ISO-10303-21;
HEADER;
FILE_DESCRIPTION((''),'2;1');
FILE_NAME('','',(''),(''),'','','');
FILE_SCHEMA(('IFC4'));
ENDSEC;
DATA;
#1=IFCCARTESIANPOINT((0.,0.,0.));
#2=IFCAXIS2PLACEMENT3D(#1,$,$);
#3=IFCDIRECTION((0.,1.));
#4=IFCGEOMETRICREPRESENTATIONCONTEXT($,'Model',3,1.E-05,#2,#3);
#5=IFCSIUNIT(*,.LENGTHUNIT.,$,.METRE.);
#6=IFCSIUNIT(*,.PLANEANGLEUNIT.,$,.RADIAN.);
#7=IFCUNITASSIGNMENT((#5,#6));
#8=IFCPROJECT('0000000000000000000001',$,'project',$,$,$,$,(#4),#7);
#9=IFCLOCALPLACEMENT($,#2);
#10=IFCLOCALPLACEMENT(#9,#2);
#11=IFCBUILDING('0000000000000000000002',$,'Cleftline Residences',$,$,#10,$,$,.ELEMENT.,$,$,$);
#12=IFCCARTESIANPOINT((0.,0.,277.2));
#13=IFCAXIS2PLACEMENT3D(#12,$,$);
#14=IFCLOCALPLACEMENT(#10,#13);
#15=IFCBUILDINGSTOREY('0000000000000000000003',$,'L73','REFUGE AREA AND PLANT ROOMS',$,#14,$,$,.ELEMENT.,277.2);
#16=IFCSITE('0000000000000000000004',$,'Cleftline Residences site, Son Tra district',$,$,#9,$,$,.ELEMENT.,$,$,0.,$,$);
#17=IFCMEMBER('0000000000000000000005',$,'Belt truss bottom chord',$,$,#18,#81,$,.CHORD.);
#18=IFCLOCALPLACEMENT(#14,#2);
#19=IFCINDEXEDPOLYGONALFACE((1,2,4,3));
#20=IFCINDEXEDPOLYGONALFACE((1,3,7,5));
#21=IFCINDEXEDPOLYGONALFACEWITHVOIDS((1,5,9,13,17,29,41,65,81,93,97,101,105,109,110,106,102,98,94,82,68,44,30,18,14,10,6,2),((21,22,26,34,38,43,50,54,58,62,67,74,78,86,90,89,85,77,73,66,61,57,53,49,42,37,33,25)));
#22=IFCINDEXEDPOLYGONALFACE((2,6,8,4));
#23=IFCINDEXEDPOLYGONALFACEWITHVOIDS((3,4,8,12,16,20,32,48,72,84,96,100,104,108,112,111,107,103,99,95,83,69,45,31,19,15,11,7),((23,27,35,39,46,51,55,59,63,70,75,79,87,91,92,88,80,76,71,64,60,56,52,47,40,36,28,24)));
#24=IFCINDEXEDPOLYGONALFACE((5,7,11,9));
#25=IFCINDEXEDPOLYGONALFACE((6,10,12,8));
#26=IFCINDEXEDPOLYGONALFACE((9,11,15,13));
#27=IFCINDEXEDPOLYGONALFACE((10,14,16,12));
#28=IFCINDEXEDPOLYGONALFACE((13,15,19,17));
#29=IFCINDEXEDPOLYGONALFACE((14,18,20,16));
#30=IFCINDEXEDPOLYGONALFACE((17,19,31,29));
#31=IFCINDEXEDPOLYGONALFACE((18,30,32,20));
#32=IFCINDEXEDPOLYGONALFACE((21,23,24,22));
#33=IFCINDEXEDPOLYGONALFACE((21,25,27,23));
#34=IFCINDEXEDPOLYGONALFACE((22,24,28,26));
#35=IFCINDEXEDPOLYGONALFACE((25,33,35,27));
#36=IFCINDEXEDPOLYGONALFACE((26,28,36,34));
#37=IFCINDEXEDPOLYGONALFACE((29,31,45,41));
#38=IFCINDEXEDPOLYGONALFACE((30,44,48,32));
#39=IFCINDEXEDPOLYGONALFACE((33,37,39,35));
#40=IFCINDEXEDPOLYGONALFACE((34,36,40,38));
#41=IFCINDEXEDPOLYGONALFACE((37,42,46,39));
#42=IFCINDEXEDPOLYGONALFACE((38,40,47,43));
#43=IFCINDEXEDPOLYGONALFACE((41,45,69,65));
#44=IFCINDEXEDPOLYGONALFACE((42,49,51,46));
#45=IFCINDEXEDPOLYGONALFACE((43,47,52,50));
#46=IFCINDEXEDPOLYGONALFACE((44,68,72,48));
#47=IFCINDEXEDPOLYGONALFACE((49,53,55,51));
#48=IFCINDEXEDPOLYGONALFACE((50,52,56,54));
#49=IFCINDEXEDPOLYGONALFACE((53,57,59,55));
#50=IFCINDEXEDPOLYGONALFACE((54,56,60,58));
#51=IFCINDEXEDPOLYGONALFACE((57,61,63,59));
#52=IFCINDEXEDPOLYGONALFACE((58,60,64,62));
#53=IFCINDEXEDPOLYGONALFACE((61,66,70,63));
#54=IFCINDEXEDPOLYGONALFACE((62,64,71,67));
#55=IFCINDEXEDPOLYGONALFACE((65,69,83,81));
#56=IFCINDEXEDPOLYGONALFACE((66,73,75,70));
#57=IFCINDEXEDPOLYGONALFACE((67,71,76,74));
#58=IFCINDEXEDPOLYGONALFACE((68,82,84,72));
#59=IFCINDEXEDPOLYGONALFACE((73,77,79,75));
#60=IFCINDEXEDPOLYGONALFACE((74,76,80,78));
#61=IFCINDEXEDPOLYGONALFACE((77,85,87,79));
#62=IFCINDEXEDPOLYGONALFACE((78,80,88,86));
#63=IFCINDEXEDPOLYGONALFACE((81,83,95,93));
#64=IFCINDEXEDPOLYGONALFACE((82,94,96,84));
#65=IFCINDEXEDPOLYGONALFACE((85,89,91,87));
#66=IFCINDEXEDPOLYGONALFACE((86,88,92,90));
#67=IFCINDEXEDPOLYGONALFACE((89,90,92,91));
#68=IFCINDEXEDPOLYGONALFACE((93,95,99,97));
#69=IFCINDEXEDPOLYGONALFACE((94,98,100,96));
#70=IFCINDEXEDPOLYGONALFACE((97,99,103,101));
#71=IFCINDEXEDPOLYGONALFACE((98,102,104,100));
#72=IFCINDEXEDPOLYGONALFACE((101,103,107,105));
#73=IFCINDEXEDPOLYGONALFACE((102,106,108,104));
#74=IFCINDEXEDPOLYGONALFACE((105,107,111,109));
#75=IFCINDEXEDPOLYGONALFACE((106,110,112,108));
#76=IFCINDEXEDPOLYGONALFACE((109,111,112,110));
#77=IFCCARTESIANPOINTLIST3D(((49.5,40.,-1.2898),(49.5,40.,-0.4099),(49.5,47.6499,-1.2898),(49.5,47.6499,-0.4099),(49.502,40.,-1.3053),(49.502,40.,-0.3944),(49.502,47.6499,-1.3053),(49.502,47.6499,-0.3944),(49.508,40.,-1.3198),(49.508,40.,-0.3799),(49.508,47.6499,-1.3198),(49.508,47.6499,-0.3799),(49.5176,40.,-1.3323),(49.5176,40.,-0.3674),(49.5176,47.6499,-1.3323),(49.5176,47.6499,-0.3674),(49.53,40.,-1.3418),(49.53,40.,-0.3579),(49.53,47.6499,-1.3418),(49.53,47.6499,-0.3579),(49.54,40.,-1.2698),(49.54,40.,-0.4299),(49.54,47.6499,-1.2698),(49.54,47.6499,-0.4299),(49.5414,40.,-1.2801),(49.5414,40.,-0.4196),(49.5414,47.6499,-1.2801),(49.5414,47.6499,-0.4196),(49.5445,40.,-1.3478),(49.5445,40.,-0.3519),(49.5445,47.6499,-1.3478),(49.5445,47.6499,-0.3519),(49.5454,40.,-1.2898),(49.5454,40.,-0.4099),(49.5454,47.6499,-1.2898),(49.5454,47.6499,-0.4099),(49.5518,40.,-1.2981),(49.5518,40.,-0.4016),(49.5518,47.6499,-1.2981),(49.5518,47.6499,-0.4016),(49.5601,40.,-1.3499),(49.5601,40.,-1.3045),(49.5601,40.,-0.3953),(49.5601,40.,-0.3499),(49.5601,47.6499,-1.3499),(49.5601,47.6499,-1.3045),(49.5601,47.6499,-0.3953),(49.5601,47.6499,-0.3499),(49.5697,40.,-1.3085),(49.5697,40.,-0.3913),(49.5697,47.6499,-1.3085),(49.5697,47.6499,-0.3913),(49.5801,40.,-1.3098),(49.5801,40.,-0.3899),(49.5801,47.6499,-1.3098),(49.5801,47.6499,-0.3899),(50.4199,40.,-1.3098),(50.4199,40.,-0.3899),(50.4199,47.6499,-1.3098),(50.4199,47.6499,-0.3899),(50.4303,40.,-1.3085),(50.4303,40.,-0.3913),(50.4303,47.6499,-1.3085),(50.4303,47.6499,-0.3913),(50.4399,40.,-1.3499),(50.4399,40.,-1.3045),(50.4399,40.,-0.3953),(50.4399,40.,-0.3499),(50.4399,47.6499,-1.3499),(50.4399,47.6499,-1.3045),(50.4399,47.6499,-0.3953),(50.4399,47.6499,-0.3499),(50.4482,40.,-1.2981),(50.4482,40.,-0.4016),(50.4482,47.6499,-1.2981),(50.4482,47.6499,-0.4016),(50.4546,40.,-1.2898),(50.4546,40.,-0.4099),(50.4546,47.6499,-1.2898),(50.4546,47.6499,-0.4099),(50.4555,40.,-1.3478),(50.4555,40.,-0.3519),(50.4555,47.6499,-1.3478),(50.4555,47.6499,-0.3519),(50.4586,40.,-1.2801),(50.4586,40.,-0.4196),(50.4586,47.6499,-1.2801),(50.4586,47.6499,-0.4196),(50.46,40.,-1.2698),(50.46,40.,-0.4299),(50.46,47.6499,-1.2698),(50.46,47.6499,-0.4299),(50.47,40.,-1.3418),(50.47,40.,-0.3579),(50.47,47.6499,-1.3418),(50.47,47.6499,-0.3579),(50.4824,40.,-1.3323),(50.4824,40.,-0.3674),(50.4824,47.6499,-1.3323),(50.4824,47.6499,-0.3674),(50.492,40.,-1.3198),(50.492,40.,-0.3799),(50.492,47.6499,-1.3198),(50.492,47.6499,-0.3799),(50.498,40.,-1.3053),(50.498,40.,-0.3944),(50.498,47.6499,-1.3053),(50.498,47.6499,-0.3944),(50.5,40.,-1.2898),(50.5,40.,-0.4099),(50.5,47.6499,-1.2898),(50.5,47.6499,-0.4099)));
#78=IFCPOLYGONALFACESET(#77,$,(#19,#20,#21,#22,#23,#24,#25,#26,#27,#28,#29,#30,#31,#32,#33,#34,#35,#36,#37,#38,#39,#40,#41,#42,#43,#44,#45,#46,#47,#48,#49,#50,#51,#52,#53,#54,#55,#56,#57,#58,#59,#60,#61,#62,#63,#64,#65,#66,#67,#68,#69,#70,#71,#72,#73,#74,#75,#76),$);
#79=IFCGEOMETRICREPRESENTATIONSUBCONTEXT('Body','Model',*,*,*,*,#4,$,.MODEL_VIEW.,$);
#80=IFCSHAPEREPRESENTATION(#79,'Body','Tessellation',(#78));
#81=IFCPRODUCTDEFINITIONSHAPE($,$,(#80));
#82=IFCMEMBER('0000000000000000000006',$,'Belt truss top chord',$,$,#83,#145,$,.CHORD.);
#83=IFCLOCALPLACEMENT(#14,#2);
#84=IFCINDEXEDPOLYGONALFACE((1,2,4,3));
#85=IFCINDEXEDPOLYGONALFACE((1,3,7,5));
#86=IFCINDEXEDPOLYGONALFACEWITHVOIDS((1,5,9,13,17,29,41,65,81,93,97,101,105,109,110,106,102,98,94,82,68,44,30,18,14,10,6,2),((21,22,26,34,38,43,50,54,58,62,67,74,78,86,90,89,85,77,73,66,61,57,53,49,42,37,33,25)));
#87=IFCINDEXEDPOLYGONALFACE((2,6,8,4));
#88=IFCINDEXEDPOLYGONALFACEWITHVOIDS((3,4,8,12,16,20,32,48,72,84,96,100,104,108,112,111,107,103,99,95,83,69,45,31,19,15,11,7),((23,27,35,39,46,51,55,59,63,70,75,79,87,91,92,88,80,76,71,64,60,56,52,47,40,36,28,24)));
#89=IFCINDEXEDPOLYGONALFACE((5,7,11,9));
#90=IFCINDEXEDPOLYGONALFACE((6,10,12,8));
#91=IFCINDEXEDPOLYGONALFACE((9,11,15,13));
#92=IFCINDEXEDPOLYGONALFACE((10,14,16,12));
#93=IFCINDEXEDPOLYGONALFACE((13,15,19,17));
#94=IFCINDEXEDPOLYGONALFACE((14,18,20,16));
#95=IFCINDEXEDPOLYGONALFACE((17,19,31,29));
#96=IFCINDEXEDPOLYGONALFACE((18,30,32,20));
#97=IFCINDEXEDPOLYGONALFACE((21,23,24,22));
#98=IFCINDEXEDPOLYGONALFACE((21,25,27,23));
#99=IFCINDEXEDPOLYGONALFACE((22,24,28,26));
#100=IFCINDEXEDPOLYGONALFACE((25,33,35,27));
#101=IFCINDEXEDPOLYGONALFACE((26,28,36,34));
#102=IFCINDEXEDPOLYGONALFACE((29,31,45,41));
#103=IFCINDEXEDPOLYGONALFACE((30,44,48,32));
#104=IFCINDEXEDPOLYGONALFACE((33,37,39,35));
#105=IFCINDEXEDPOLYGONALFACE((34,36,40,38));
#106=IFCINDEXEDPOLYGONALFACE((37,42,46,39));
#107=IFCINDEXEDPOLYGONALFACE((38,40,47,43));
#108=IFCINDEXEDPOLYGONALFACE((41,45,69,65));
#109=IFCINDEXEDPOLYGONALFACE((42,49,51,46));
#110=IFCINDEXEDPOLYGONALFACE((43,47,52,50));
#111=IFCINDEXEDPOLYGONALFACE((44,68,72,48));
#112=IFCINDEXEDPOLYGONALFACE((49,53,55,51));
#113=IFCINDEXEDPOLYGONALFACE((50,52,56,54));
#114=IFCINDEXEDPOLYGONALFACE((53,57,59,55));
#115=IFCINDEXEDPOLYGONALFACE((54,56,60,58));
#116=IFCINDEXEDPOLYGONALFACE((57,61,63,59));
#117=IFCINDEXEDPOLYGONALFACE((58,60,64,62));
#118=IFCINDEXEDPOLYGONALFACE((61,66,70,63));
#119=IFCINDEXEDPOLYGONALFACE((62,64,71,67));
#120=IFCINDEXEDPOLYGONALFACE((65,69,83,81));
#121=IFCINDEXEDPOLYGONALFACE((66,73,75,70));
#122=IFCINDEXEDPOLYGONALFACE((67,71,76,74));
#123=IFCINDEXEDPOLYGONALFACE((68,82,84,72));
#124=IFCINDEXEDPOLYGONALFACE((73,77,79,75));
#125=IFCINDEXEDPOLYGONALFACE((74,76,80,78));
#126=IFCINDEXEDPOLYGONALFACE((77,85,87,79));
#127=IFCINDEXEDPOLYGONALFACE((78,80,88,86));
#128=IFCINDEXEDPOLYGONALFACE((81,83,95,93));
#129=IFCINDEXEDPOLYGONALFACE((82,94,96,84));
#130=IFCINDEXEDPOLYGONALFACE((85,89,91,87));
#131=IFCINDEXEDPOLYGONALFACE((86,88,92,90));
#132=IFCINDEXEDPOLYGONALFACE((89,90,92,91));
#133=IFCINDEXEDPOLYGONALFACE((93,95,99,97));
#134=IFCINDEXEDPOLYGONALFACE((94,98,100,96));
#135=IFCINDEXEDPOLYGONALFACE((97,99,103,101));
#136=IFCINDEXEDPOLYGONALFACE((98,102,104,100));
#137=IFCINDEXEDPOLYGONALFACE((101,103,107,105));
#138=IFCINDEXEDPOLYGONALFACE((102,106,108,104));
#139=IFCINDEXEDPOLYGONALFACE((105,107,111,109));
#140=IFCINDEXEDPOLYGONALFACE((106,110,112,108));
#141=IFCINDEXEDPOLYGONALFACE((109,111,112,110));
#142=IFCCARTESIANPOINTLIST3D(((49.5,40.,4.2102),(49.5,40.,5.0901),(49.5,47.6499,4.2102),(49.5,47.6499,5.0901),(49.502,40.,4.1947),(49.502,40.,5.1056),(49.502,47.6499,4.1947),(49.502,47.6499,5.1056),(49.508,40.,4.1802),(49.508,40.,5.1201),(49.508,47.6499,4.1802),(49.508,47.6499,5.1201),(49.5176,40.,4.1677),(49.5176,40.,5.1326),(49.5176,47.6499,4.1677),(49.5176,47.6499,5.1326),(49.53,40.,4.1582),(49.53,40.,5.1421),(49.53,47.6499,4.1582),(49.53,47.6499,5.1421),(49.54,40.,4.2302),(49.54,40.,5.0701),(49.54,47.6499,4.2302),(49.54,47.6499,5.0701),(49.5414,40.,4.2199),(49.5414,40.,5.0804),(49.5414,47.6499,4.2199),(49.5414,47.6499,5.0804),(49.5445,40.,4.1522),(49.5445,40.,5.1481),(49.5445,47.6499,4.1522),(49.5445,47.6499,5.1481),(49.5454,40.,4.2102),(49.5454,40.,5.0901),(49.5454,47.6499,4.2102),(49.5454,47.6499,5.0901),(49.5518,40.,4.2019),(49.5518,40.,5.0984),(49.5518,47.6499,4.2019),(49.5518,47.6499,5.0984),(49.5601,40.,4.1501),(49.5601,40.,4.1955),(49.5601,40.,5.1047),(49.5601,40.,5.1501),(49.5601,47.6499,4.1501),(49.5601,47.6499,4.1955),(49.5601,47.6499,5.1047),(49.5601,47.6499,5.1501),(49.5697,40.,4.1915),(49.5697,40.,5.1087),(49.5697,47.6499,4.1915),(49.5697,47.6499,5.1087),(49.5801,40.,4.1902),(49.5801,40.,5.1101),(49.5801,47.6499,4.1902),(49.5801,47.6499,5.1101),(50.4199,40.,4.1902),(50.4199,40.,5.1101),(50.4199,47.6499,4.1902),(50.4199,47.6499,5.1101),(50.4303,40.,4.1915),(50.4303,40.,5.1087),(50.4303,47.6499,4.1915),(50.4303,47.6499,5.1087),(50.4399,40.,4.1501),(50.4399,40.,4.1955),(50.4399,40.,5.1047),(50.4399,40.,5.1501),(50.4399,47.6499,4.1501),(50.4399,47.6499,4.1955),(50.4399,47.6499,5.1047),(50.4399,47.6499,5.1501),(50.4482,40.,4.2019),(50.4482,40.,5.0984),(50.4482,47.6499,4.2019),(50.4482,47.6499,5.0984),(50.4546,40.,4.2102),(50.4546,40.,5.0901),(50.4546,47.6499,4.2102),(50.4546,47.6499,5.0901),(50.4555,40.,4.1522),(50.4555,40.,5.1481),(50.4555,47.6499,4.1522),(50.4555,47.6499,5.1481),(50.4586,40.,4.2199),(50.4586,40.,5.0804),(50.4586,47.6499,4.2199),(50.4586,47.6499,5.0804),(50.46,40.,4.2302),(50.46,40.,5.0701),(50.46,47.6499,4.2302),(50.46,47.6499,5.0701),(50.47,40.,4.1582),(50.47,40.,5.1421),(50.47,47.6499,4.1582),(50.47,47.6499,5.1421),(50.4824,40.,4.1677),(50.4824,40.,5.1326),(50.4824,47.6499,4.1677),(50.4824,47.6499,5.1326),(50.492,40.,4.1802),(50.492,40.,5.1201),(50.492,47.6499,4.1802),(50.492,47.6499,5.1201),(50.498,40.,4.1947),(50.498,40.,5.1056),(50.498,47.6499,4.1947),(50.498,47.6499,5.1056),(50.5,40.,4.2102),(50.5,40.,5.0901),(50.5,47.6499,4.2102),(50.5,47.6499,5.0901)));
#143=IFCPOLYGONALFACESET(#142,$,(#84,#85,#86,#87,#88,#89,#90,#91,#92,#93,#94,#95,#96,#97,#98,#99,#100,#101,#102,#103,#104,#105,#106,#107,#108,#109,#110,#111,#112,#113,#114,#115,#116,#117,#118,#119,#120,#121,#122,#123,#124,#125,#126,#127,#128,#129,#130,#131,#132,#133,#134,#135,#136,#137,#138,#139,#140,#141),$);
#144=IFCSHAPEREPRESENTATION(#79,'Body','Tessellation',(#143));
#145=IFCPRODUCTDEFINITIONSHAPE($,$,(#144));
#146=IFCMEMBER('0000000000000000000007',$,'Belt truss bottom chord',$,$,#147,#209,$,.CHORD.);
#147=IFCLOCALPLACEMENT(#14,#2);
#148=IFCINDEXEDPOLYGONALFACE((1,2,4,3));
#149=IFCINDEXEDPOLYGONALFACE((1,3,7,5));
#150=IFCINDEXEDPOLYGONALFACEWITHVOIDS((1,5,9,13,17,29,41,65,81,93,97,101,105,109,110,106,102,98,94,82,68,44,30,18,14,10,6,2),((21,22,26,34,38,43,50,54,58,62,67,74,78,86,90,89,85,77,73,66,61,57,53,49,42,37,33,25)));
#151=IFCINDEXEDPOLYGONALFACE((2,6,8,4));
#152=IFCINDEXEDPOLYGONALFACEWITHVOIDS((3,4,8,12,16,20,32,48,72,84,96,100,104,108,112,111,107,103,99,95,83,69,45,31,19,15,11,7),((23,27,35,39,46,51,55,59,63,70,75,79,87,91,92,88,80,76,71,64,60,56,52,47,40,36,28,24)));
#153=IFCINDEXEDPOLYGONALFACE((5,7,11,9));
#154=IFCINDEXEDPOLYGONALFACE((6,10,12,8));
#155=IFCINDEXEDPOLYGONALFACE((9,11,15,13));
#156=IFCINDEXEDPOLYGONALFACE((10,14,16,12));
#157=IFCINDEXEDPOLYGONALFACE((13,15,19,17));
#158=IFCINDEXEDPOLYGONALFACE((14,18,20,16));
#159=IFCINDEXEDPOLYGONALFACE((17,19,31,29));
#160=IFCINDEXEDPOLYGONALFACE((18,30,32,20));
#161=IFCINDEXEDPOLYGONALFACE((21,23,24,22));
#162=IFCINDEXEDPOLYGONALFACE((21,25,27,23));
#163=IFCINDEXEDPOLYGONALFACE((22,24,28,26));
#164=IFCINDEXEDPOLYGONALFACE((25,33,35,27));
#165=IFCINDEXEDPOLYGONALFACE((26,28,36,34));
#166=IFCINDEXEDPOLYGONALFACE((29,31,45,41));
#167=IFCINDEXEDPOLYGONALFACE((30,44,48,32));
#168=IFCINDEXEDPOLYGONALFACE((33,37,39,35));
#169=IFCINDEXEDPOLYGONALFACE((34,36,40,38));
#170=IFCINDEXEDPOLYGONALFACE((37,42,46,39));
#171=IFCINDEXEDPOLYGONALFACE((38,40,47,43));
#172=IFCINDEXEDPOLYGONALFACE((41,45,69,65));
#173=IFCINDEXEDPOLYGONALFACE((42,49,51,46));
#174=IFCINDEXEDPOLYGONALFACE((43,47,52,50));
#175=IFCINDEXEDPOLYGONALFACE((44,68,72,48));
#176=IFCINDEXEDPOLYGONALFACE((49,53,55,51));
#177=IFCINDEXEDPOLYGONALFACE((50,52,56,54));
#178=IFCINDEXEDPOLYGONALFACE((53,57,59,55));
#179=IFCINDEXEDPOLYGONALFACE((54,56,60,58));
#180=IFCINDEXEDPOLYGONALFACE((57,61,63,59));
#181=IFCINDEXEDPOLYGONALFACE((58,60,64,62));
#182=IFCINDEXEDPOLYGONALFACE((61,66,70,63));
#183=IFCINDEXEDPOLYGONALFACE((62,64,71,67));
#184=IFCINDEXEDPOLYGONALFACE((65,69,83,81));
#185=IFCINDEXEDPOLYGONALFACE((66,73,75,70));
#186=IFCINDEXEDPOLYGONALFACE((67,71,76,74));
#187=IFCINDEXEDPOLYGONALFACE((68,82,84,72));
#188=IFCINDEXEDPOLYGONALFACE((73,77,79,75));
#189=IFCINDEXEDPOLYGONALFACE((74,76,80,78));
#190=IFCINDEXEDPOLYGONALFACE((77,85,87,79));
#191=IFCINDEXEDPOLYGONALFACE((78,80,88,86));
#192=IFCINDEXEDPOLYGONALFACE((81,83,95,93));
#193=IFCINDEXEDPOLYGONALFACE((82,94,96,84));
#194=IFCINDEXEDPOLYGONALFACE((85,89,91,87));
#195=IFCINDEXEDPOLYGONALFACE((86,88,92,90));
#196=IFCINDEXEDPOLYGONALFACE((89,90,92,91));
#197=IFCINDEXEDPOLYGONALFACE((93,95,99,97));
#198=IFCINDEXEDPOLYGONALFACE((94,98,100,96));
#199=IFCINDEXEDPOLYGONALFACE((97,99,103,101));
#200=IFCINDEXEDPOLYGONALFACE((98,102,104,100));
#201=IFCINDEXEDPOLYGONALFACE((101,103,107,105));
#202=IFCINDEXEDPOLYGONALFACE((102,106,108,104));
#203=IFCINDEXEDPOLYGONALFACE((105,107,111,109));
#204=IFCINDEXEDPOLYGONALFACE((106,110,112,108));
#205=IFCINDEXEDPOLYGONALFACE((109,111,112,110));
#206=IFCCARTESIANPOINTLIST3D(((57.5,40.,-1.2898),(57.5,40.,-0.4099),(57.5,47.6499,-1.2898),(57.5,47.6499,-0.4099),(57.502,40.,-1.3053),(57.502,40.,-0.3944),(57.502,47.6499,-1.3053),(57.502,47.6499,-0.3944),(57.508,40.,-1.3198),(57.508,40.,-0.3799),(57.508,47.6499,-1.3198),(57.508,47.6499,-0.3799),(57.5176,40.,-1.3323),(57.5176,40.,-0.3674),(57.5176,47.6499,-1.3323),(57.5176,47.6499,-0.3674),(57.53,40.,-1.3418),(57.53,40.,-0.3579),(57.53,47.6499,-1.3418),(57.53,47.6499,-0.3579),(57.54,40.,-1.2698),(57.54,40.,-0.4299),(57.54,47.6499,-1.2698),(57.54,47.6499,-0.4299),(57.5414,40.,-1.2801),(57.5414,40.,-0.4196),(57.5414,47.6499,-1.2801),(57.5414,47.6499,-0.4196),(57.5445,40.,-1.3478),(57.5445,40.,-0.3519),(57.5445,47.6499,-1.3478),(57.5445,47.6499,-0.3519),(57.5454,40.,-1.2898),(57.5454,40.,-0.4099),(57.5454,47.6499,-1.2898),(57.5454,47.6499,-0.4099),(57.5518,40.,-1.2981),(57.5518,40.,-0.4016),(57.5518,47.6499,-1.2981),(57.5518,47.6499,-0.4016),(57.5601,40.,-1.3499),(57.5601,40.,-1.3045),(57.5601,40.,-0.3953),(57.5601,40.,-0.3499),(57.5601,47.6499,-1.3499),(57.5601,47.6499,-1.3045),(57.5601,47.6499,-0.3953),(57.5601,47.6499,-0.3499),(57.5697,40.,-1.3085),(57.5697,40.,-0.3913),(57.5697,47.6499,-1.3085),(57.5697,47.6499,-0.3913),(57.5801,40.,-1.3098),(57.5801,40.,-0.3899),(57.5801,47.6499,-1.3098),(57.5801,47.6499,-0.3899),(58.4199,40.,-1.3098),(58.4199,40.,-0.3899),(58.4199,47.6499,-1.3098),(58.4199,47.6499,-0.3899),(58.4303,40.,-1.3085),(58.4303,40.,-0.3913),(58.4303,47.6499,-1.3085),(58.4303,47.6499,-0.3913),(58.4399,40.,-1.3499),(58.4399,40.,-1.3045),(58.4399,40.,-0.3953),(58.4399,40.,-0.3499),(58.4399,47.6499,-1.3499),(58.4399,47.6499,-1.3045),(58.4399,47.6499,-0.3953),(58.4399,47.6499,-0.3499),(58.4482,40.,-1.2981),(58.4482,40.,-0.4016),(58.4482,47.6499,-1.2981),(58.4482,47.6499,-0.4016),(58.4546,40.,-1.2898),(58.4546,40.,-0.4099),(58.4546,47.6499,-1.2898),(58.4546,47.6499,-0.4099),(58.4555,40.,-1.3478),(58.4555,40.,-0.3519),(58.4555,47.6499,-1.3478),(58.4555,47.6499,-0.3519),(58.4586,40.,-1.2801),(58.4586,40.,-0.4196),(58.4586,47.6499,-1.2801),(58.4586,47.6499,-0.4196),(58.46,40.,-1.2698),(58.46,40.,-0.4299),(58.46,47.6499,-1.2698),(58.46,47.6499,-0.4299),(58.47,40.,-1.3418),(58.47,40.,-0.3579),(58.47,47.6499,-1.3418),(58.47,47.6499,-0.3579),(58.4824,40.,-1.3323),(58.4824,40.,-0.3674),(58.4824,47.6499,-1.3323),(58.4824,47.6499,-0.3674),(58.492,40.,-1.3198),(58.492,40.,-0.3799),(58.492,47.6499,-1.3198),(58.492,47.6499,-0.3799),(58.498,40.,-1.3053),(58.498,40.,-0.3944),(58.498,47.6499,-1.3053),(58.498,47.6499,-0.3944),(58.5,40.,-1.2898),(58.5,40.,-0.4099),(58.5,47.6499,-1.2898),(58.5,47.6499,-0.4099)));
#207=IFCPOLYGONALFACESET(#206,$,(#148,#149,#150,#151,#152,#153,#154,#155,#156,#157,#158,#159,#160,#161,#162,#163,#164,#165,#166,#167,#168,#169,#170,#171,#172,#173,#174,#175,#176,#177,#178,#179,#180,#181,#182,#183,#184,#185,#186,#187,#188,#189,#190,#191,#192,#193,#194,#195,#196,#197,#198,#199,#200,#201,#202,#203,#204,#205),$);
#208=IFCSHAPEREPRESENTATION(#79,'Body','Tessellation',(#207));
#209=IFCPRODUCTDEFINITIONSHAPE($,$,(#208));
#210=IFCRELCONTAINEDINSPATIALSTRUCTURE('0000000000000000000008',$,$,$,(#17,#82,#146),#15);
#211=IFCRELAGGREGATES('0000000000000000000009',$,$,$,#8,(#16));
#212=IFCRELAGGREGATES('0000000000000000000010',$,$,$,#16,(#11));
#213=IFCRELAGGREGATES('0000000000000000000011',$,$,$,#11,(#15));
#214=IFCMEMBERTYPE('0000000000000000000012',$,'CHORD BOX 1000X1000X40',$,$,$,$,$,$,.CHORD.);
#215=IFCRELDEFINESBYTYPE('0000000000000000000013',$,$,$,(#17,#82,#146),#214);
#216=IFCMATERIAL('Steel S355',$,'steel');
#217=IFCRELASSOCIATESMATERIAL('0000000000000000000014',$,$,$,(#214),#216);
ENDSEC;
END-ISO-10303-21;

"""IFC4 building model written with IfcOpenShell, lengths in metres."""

from ifc_helpers import new_model, si_unit, direction, frame, origin, origin_2d, place, context, subcontext, project, spatial, hollow_rectangle, extrude, material, material_profile, profile_set, type_object, element, save


model = new_model("IFC4")

# Units and contexts
model_context = context("Model", 3, precision=1e-05, world=origin(), true_north=direction((0.0, 1.0)))
body_context = subcontext(model_context, "Body", "Model", "MODEL_VIEW")
ifc_project = project(units=[si_unit("LENGTHUNIT", "METRE"), si_unit("PLANEANGLEUNIT", "RADIAN")], contexts=[model_context])

# Site, building, storey
site_placement = place(None, origin())
site = spatial("IfcSite", under=ifc_project, at=site_placement, Name="Cleftline Residences site, Son Tra district", CompositionType="ELEMENT", RefElevation=0.0)
building_placement = place(site_placement, origin())
building = spatial("IfcBuilding", under=site, at=building_placement, Name="Cleftline Residences", CompositionType="ELEMENT")
storey_placement = place(building_placement, frame((0.0, 0.0, 277.2)))
storey = spatial("IfcBuildingStorey", under=building, at=storey_placement, Name="L73", Description="REFUGE AREA AND PLANT ROOMS", CompositionType="ELEMENT", Elevation=277.2)

# Members
ifc_material_1 = material(Name="Steel S355", Category="steel")
ifc_material_profile_1 = material_profile(ifc_material_1, hollow_rectangle(XDim=1.0, YDim=1.0, WallThickness=0.04, InnerFilletRadius=0.04, OuterFilletRadius=0.0601, at=origin_2d()))
ifc_profile_set_1 = profile_set([ifc_material_profile_1], Name="Steel S355")
member_type_1 = type_object("IfcMemberType", Name="CHORD BOX 1000X1000X40", PredefinedType="CHORD", material=ifc_profile_set_1)
for number, where, z_axis, x_axis, name in (
    (1, (50.0, 40.0, -0.8499), (0.0, 1.0, 0.0), (-1.0, 0.0, 0.0), "Belt truss bottom chord"),
    (2, (50.0, 40.0, 4.6501), (0.0, 1.0, 0.0), (-1.0, 0.0, 0.0), "Belt truss top chord"),
    (3, (58.0, 40.0, -0.8499), (0.0, 1.0, 0.0), (-1.0, 0.0, 0.0), "Belt truss bottom chord"),
):
    element("IfcMember", number, at=place(storey_placement, frame(where, z_axis=z_axis, x_axis=x_axis)), inside=storey, type_object=member_type_1, Name=name, PredefinedType="CHORD", context=body_context, shape_type="SweptSolid", body=[
        extrude(hollow_rectangle(XDim=1.0, YDim=1.0, WallThickness=0.04, InnerFilletRadius=0.04, OuterFilletRadius=0.0601, at=origin_2d()), origin(), (0.0, 0.0, 1.0), 7.6499),
    ])

save(model, "model.ifc")
